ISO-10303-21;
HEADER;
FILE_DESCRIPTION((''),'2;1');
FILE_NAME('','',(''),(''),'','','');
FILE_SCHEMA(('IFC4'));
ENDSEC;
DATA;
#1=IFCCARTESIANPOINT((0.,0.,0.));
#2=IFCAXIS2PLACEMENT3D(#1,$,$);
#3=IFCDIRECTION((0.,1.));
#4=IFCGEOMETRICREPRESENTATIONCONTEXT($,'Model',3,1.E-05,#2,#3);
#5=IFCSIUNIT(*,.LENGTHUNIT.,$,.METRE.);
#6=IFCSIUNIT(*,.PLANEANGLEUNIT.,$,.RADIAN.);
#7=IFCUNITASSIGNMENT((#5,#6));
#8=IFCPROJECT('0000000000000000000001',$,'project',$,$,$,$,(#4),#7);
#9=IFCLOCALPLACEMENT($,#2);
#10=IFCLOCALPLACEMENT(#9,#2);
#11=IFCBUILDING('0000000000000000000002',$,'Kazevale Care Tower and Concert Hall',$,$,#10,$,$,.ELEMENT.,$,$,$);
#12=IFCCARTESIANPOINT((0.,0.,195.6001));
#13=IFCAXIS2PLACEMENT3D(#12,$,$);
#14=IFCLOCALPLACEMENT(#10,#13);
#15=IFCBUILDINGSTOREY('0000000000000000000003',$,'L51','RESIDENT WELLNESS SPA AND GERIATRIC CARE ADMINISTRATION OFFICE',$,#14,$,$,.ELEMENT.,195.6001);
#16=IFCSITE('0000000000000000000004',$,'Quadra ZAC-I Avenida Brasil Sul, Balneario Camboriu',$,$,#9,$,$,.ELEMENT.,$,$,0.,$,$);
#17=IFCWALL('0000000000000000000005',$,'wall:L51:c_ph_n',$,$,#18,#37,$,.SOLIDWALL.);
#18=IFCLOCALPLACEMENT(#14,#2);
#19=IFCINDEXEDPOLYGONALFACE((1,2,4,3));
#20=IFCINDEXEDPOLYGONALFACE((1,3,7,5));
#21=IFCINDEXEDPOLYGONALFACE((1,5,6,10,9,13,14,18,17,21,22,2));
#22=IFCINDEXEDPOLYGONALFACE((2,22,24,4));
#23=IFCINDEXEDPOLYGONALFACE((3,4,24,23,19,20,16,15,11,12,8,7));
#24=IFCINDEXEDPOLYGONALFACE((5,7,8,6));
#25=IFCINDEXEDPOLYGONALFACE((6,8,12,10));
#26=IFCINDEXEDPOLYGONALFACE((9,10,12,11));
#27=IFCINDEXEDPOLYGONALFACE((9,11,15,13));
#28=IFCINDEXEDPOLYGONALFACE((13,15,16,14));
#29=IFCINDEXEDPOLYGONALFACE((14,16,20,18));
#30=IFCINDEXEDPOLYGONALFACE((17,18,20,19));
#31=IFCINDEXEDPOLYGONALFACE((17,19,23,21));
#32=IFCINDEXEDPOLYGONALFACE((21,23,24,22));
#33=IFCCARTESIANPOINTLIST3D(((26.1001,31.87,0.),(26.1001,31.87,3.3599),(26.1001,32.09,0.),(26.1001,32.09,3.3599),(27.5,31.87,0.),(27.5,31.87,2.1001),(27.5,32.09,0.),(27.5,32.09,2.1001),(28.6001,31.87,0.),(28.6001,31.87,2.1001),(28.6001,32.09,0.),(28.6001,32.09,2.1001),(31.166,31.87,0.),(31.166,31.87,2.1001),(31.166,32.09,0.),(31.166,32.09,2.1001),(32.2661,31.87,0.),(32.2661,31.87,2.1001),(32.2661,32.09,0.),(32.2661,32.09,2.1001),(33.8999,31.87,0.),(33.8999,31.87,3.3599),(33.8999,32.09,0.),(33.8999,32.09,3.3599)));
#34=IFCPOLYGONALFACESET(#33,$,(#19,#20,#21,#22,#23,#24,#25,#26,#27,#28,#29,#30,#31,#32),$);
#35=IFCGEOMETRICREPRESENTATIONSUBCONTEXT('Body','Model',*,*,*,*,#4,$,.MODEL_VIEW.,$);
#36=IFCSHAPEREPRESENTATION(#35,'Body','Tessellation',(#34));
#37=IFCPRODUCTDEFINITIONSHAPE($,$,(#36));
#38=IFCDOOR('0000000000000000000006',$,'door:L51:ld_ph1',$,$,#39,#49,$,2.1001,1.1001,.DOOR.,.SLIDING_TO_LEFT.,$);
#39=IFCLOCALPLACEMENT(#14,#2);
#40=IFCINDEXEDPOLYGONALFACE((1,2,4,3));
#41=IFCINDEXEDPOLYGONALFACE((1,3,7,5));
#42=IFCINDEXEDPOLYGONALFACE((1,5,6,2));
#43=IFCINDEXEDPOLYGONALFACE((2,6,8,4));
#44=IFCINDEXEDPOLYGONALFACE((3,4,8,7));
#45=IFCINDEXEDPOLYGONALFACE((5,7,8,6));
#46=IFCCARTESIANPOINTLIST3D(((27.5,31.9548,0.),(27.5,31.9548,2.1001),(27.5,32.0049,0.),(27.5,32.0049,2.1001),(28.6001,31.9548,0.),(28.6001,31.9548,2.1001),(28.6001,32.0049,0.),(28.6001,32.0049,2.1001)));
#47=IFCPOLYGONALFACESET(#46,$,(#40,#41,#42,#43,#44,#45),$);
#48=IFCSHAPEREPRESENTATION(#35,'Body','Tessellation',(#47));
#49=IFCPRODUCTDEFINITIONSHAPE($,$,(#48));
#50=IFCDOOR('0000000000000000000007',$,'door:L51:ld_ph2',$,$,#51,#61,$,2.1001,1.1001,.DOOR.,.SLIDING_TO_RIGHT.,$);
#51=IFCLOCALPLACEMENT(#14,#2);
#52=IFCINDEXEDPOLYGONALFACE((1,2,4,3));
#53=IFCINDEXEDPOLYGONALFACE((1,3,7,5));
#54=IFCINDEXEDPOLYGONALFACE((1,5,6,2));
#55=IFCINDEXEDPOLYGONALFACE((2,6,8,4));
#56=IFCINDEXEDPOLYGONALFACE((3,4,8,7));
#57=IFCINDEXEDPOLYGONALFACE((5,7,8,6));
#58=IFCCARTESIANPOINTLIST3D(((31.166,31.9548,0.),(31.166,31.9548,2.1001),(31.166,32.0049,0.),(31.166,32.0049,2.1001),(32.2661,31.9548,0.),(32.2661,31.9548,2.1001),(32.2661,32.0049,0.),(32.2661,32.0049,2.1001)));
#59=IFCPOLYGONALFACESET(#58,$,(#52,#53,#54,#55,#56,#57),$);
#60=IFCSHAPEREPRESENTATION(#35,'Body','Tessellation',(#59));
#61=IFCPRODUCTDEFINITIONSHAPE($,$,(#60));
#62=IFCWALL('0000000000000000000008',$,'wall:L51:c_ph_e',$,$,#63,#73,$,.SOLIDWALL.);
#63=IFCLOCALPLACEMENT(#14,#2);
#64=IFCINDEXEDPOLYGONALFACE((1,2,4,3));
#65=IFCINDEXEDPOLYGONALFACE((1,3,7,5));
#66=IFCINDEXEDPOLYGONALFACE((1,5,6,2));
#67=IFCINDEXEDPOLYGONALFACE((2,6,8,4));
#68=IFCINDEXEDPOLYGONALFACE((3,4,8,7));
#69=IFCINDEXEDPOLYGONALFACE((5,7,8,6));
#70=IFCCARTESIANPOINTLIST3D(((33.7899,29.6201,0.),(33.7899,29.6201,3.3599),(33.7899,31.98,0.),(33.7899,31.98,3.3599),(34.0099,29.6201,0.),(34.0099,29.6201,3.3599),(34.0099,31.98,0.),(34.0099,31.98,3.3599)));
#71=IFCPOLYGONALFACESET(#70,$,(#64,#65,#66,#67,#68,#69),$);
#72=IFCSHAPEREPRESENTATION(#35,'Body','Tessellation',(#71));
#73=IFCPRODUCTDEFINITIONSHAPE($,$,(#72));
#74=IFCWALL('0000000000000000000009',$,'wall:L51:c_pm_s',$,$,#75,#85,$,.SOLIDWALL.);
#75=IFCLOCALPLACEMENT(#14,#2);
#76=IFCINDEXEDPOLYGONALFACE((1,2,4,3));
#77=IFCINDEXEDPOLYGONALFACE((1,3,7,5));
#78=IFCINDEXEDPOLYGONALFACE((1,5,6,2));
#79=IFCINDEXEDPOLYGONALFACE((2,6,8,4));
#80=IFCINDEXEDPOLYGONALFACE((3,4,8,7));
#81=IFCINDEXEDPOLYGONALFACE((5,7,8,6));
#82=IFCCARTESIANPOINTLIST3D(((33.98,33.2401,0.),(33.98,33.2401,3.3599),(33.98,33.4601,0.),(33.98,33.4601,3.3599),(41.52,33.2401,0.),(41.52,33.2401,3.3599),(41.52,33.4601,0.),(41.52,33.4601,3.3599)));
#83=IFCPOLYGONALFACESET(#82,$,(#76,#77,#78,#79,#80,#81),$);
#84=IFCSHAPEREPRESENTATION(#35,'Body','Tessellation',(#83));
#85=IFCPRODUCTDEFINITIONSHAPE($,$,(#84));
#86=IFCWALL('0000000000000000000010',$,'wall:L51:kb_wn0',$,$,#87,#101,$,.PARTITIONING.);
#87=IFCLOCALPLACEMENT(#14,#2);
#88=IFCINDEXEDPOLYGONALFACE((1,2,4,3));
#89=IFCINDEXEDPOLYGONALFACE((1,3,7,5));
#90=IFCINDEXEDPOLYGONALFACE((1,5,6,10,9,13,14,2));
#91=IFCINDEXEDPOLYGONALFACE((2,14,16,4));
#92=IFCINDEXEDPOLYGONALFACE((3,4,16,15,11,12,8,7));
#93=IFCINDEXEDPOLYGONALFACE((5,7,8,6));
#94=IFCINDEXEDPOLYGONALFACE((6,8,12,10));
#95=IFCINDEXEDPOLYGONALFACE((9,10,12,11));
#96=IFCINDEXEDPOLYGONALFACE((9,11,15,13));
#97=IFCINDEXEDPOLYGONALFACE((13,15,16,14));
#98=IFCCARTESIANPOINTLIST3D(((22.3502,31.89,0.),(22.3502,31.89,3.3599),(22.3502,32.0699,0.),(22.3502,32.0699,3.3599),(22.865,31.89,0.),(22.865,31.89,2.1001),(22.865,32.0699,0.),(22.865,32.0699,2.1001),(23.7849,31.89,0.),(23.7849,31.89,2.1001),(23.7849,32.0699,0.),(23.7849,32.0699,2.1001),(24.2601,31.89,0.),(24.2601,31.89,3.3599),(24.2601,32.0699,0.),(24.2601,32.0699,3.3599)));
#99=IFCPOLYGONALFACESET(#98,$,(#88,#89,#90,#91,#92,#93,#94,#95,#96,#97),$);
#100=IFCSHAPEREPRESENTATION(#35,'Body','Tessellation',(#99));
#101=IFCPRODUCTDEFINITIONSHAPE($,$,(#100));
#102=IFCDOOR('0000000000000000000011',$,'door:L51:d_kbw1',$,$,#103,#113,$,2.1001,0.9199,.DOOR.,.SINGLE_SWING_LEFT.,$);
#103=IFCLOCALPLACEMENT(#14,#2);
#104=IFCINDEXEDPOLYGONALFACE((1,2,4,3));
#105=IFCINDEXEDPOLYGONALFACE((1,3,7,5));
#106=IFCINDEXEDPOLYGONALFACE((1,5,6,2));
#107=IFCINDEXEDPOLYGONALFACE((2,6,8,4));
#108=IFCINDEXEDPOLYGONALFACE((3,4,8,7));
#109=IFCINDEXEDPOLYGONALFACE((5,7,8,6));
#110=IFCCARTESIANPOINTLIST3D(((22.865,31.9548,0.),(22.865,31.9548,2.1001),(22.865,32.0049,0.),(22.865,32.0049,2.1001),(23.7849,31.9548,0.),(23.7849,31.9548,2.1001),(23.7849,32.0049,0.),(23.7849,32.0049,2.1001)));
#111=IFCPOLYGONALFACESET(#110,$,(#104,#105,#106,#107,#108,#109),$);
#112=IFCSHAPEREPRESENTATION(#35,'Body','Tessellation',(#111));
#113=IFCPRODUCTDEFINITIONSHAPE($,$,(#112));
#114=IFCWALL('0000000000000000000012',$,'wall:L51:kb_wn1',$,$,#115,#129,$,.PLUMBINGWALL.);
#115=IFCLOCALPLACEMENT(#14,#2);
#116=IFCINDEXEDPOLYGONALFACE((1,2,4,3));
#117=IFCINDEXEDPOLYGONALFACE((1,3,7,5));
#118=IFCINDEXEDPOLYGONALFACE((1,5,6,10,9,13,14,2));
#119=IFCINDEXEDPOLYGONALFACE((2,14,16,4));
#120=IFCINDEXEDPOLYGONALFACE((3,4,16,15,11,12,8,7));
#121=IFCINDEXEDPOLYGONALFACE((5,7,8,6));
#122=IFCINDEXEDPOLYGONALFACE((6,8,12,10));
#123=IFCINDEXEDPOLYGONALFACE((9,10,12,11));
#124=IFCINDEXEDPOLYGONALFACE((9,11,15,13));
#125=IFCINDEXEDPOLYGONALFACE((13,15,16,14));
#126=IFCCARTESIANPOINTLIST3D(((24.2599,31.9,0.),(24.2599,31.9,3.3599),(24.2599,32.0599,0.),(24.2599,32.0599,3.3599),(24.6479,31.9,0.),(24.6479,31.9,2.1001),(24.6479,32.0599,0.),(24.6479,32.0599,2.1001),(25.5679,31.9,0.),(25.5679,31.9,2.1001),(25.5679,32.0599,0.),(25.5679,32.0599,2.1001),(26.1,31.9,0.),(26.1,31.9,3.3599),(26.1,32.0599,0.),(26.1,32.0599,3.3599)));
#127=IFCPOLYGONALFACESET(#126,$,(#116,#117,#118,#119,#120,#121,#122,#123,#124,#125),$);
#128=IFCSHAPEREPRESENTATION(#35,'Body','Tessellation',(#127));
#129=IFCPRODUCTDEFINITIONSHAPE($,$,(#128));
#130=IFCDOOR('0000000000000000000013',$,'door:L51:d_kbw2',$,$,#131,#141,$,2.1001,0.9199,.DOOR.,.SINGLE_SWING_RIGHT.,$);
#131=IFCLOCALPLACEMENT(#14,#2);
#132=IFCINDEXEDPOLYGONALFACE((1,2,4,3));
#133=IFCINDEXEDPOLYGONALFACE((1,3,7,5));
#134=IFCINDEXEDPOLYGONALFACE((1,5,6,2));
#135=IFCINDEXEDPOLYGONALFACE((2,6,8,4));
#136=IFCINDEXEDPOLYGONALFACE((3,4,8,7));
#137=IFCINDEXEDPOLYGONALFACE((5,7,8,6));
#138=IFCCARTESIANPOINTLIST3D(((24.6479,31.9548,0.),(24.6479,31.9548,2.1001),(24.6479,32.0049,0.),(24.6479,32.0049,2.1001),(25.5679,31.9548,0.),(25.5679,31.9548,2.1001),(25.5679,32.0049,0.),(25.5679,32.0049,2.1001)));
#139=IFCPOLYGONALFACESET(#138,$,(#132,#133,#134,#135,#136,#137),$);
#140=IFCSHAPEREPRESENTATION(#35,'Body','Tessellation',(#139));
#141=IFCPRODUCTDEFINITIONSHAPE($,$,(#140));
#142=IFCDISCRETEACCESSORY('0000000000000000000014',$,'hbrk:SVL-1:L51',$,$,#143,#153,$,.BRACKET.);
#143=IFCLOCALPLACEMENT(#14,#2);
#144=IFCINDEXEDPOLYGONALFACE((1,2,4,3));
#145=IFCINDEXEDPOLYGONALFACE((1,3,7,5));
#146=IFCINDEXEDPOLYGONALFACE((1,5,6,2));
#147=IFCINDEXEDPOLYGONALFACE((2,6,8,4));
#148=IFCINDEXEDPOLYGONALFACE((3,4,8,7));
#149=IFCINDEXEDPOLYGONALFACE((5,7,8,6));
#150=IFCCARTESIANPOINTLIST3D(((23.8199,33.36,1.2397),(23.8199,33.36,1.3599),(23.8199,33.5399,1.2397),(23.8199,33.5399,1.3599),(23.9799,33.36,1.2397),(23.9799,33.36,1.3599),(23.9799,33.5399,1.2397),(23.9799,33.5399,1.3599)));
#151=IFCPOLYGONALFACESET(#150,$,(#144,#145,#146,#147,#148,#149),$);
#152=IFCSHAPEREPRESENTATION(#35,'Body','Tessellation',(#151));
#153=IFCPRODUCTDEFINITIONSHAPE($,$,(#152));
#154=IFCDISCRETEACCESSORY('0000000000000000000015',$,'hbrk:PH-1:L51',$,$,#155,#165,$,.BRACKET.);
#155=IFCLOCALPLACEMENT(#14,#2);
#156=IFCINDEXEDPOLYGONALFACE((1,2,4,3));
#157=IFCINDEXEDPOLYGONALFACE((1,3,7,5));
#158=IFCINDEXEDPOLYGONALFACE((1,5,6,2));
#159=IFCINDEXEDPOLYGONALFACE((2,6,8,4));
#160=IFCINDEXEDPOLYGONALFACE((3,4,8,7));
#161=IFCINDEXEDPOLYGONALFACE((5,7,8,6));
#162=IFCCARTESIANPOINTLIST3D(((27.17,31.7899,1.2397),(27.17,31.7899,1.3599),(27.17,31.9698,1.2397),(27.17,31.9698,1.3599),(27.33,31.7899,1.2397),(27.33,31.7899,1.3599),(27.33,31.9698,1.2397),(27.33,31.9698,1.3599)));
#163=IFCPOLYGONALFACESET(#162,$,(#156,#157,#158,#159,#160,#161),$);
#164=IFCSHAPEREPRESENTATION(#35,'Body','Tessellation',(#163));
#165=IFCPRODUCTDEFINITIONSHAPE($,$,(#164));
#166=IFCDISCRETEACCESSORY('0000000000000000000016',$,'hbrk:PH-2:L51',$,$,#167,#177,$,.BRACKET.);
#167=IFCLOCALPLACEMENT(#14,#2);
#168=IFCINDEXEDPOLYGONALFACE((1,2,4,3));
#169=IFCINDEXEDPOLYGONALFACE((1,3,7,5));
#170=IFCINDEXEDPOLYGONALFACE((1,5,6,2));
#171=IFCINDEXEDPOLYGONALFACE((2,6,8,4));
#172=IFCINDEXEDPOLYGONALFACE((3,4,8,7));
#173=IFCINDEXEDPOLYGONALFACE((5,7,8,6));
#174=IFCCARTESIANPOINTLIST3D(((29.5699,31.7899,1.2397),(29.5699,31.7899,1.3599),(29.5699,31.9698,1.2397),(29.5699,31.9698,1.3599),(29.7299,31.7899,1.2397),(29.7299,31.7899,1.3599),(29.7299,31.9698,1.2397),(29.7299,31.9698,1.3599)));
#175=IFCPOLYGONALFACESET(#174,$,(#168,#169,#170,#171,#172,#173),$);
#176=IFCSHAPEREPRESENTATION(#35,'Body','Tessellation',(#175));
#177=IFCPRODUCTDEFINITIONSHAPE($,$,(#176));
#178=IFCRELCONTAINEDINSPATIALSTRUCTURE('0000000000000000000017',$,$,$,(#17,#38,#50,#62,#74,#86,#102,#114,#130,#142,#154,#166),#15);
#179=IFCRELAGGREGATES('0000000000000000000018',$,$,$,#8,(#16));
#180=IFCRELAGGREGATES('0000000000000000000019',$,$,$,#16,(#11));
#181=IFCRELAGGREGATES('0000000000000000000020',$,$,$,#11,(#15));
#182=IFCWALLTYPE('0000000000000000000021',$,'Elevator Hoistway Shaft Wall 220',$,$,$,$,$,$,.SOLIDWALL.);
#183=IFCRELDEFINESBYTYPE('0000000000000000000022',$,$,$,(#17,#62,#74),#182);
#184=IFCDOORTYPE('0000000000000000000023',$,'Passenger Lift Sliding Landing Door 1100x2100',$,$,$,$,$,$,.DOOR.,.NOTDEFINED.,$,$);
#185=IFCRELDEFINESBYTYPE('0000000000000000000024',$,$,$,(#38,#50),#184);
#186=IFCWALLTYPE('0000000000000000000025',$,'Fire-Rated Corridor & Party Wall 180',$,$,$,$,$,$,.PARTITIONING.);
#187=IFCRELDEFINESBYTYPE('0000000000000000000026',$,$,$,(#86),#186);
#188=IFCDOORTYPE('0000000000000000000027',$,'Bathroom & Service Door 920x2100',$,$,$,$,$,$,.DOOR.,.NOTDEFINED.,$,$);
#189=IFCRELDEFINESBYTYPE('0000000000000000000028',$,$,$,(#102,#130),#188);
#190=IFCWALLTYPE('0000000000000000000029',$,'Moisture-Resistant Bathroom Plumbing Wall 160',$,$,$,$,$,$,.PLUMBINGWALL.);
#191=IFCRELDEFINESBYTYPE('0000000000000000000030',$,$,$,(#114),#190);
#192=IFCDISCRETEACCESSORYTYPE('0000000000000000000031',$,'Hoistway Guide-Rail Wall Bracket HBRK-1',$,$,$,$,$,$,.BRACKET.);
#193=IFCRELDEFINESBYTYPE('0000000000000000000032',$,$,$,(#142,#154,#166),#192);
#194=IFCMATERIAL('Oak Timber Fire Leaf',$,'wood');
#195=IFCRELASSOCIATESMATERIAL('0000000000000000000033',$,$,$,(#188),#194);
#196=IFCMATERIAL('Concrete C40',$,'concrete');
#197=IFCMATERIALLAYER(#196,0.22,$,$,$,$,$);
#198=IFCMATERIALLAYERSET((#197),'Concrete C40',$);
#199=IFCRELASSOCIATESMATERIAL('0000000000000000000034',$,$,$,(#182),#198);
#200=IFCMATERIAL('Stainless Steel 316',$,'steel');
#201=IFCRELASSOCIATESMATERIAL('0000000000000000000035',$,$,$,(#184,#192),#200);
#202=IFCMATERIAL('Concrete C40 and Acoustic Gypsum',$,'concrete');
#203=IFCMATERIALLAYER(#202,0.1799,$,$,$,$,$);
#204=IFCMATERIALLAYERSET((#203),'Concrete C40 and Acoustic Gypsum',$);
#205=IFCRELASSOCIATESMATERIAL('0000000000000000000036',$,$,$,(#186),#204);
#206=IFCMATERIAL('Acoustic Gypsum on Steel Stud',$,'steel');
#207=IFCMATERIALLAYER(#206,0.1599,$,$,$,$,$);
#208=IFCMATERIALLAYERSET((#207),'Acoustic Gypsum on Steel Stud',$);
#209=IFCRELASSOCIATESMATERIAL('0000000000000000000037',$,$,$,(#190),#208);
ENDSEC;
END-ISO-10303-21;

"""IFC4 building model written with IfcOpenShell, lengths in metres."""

from ifc_helpers import new_model, si_unit, direction, frame, frame_2d, origin, origin_2d, place, context, subcontext, project, spatial, rectangle, extrude, material, layer, layer_set, type_object, element, fill, save


model = new_model("IFC4")

# Units and contexts
model_context = context("Model", 3, precision=1e-05, world=origin(), true_north=direction((0.0, 1.0)))
body_context = subcontext(model_context, "Body", "Model", "MODEL_VIEW")
ifc_project = project(units=[si_unit("LENGTHUNIT", "METRE"), si_unit("PLANEANGLEUNIT", "RADIAN")], contexts=[model_context])

# Site, building, storey
site_placement = place(None, origin())
site = spatial("IfcSite", under=ifc_project, at=site_placement, Name="Quadra ZAC-I Avenida Brasil Sul, Balneario Camboriu", CompositionType="ELEMENT", RefElevation=0.0)
building_placement = place(site_placement, origin())
building = spatial("IfcBuilding", under=site, at=building_placement, Name="Kazevale Care Tower and Concert Hall", CompositionType="ELEMENT")
storey_placement = place(building_placement, frame((0.0, 0.0, 195.6001)))
storey = spatial("IfcBuildingStorey", under=building, at=storey_placement, Name="L51", Description="RESIDENT WELLNESS SPA AND GERIATRIC CARE ADMINISTRATION OFFICE", CompositionType="ELEMENT", Elevation=195.6001)

# Shared definitions
ifc_material_1 = material(Name="Acoustic Gypsum on Steel Stud", Category="steel")
ifc_material_2 = material(Name="Oak Timber Fire Leaf", Category="wood")
door_type_1 = type_object("IfcDoorType", Name="Bathroom & Service Door 920x2100", OperationType="NOTDEFINED", PredefinedType="DOOR", material=ifc_material_2)

# Shared definitions
ifc_material_3 = material(Name="Concrete C40", Category="concrete")
ifc_layer_1 = layer(ifc_material_3, 0.22)
ifc_layer_set_1 = layer_set([ifc_layer_1], Name="Concrete C40")
wall_type_1 = type_object("IfcWallType", Name="Elevator Hoistway Shaft Wall 220", PredefinedType="SOLIDWALL", material=ifc_layer_set_1)

# Shared definitions
ifc_material_4 = material(Name="Stainless Steel 316", Category="steel")

# Wall, openings, doors
wall_1_placement = place(storey_placement, frame((26.1001, 31.98, 0.0), z_axis=(0.0, 0.0, 1.0), x_axis=(1.0, 0.0, 0.0)))
wall_1 = element("IfcWall", 1, at=wall_1_placement, inside=storey, type_object=wall_type_1, Name="wall:L51:c_ph_n", PredefinedType="SOLIDWALL", context=body_context, shape_type="SweptSolid", body=[
    extrude(rectangle(XDim=7.7998, YDim=0.22, at=frame_2d((3.8999, 0.0))), origin(), (0.0, 0.0, 1.0), 3.3599),
])
opening_1_placement = place(wall_1_placement, frame((1.3999, 0.0, 0.0)))
opening_1 = element("IfcOpeningElement", 2, at=opening_1_placement, cuts=wall_1, PredefinedType="OPENING", context=body_context, shape_type="SweptSolid", body=[
    extrude(rectangle(XDim=1.1001, YDim=2.1001, at=frame_2d((0.55, 1.05))), frame((0.0, 0.1199, 0.0), z_axis=(0.0, -1.0, 0.0), x_axis=(1.0, 0.0, 0.0)), (0.0, 0.0, 1.0), 0.24),
])
opening_2_placement = place(wall_1_placement, frame((5.0659, 0.0, 0.0)))
opening_2 = element("IfcOpeningElement", 3, at=opening_2_placement, cuts=wall_1, PredefinedType="OPENING", context=body_context, shape_type="SweptSolid", body=[
    extrude(rectangle(XDim=1.1001, YDim=2.1001, at=frame_2d((0.55, 1.05))), frame((0.0, 0.1199, 0.0), z_axis=(0.0, -1.0, 0.0), x_axis=(1.0, 0.0, 0.0)), (0.0, 0.0, 1.0), 0.24),
])
door_type_2 = type_object("IfcDoorType", Name="Passenger Lift Sliding Landing Door 1100x2100", OperationType="NOTDEFINED", PredefinedType="DOOR", material=ifc_material_4)
door_1_placement = place(opening_1_placement, origin())
door_1 = element("IfcDoor", 4, at=door_1_placement, inside=storey, type_object=door_type_2, Name="door:L51:ld_ph1", OperationType="SLIDING_TO_LEFT", OverallHeight=2.1001, OverallWidth=1.1001, PredefinedType="DOOR", context=body_context, shape_type="SweptSolid", body=[
    extrude(rectangle(XDim=1.1001, YDim=2.1001, at=frame_2d((0.55, 1.05))), frame((0.0, 0.0249, 0.0), z_axis=(0.0, -1.0, 0.0), x_axis=(1.0, 0.0, 0.0)), (0.0, 0.0, 1.0), 0.05),
])
fill(opening_1, door_1)
door_2_placement = place(opening_2_placement, origin())
door_2 = element("IfcDoor", 5, at=door_2_placement, inside=storey, type_object=door_type_2, Name="door:L51:ld_ph2", OperationType="SLIDING_TO_RIGHT", OverallHeight=2.1001, OverallWidth=1.1001, PredefinedType="DOOR", context=body_context, shape_type="SweptSolid", body=[
    extrude(rectangle(XDim=1.1001, YDim=2.1001, at=frame_2d((0.55, 1.05))), frame((0.0, 0.0249, 0.0), z_axis=(0.0, -1.0, 0.0), x_axis=(1.0, 0.0, 0.0)), (0.0, 0.0, 1.0), 0.05),
])
fill(opening_2, door_2)

# Walls
wall_2_placement = place(storey_placement, frame((33.8999, 29.6201, 0.0), z_axis=(0.0, 0.0, 1.0), x_axis=(0.0, 1.0, 0.0)))
element("IfcWall", 6, at=wall_2_placement, inside=storey, type_object=wall_type_1, Name="wall:L51:c_ph_e", PredefinedType="SOLIDWALL", context=body_context, shape_type="SweptSolid", body=[
    extrude(rectangle(XDim=2.3599, YDim=0.22, at=frame_2d((1.1799, 0.0))), origin(), (0.0, 0.0, 1.0), 3.3599),
])
wall_3_placement = place(storey_placement, frame((33.98, 33.3501, 0.0), z_axis=(0.0, 0.0, 1.0), x_axis=(1.0, 0.0, 0.0)))
element("IfcWall", 7, at=wall_3_placement, inside=storey, type_object=wall_type_1, Name="wall:L51:c_pm_s", PredefinedType="SOLIDWALL", context=body_context, shape_type="SweptSolid", body=[
    extrude(rectangle(XDim=7.54, YDim=0.22, at=frame_2d((3.77, 0.0))), origin(), (0.0, 0.0, 1.0), 3.3599),
])

# Walls, openings, doors
ifc_material_5 = material(Name="Concrete C40 and Acoustic Gypsum", Category="concrete")
ifc_layer_2 = layer(ifc_material_5, 0.1799)
ifc_layer_set_2 = layer_set([ifc_layer_2], Name="Concrete C40 and Acoustic Gypsum")
wall_type_2 = type_object("IfcWallType", Name="Fire-Rated Corridor & Party Wall 180", PredefinedType="PARTITIONING", material=ifc_layer_set_2)
wall_4_placement = place(storey_placement, frame((22.3501, 31.98, 0.0), z_axis=(0.0, 0.0, 1.0), x_axis=(1.0, 0.0, 0.0)))
wall_4 = element("IfcWall", 8, at=wall_4_placement, inside=storey, type_object=wall_type_2, Name="wall:L51:kb_wn0", PredefinedType="PARTITIONING", context=body_context, shape_type="SweptSolid", body=[
    extrude(rectangle(XDim=1.9099, YDim=0.1799, at=frame_2d((0.9551, 0.0))), origin(), (0.0, 0.0, 1.0), 3.3599),
])
opening_3_placement = place(wall_4_placement, frame((0.5149, 0.0, 0.0)))
opening_3 = element("IfcOpeningElement", 9, at=opening_3_placement, cuts=wall_4, PredefinedType="OPENING", context=body_context, shape_type="SweptSolid", body=[
    extrude(rectangle(XDim=0.9199, YDim=2.1001, at=frame_2d((0.46, 1.05))), frame((0.0, 0.0999, 0.0), z_axis=(0.0, -1.0, 0.0), x_axis=(1.0, 0.0, 0.0)), (0.0, 0.0, 1.0), 0.2),
])
door_3_placement = place(opening_3_placement, origin())
door_3 = element("IfcDoor", 10, at=door_3_placement, inside=storey, type_object=door_type_1, Name="door:L51:d_kbw1", OperationType="SINGLE_SWING_LEFT", OverallHeight=2.1001, OverallWidth=0.9199, PredefinedType="DOOR", context=body_context, shape_type="SweptSolid", body=[
    extrude(rectangle(XDim=0.9199, YDim=2.1001, at=frame_2d((0.46, 1.05))), frame((0.0, 0.0249, 0.0), z_axis=(0.0, -1.0, 0.0), x_axis=(1.0, 0.0, 0.0)), (0.0, 0.0, 1.0), 0.05),
])
fill(opening_3, door_3)
ifc_layer_3 = layer(ifc_material_1, 0.1599)
ifc_layer_set_3 = layer_set([ifc_layer_3], Name="Acoustic Gypsum on Steel Stud")
wall_type_3 = type_object("IfcWallType", Name="Moisture-Resistant Bathroom Plumbing Wall 160", PredefinedType="PLUMBINGWALL", material=ifc_layer_set_3)
wall_5_placement = place(storey_placement, frame((24.26, 31.98, 0.0), z_axis=(0.0, 0.0, 1.0), x_axis=(1.0, 0.0, 0.0)))
wall_5 = element("IfcWall", 11, at=wall_5_placement, inside=storey, type_object=wall_type_3, Name="wall:L51:kb_wn1", PredefinedType="PLUMBINGWALL", context=body_context, shape_type="SweptSolid", body=[
    extrude(rectangle(XDim=1.8401, YDim=0.1599, at=frame_2d((0.9199, 0.0))), origin(), (0.0, 0.0, 1.0), 3.3599),
])
opening_4_placement = place(wall_5_placement, frame((0.3879, 0.0, 0.0)))
opening_4 = element("IfcOpeningElement", 12, at=opening_4_placement, cuts=wall_5, PredefinedType="OPENING", context=body_context, shape_type="SweptSolid", body=[
    extrude(rectangle(XDim=0.9199, YDim=2.1001, at=frame_2d((0.46, 1.05))), frame((0.0, 0.0898, 0.0), z_axis=(0.0, -1.0, 0.0), x_axis=(1.0, 0.0, 0.0)), (0.0, 0.0, 1.0), 0.1799),
])
door_4_placement = place(opening_4_placement, origin())
door_4 = element("IfcDoor", 13, at=door_4_placement, inside=storey, type_object=door_type_1, Name="door:L51:d_kbw2", OperationType="SINGLE_SWING_RIGHT", OverallHeight=2.1001, OverallWidth=0.9199, PredefinedType="DOOR", context=body_context, shape_type="SweptSolid", body=[
    extrude(rectangle(XDim=0.9199, YDim=2.1001, at=frame_2d((0.46, 1.05))), frame((0.0, 0.0249, 0.0), z_axis=(0.0, -1.0, 0.0), x_axis=(1.0, 0.0, 0.0)), (0.0, 0.0, 1.0), 0.05),
])
fill(opening_4, door_4)

# Discrete accessories
discrete_accessory_type = type_object("IfcDiscreteAccessoryType", Name="Hoistway Guide-Rail Wall Bracket HBRK-1", PredefinedType="BRACKET", material=ifc_material_4)
for number, where, z_axis, x_axis, name in (
    (14, (23.8999, 33.45, 1.2397), (0.0, 0.0, 1.0), (1.0, 0.0, 0.0), "hbrk:SVL-1:L51"),
    (15, (27.25, 31.8799, 1.2397), (0.0, 0.0, 1.0), (1.0, 0.0, 0.0), "hbrk:PH-1:L51"),
    (16, (29.6499, 31.8799, 1.2397), (0.0, 0.0, 1.0), (1.0, 0.0, 0.0), "hbrk:PH-2:L51"),
):
    element("IfcDiscreteAccessory", number, at=place(storey_placement, frame(where, z_axis=z_axis, x_axis=x_axis)), inside=storey, type_object=discrete_accessory_type, Name=name, PredefinedType="BRACKET", context=body_context, shape_type="SweptSolid", body=[
        extrude(rectangle(XDim=0.1599, YDim=0.1799, at=origin_2d()), origin(), (0.0, 0.0, 1.0), 0.1201),
    ])

save(model, "model.ifc")
